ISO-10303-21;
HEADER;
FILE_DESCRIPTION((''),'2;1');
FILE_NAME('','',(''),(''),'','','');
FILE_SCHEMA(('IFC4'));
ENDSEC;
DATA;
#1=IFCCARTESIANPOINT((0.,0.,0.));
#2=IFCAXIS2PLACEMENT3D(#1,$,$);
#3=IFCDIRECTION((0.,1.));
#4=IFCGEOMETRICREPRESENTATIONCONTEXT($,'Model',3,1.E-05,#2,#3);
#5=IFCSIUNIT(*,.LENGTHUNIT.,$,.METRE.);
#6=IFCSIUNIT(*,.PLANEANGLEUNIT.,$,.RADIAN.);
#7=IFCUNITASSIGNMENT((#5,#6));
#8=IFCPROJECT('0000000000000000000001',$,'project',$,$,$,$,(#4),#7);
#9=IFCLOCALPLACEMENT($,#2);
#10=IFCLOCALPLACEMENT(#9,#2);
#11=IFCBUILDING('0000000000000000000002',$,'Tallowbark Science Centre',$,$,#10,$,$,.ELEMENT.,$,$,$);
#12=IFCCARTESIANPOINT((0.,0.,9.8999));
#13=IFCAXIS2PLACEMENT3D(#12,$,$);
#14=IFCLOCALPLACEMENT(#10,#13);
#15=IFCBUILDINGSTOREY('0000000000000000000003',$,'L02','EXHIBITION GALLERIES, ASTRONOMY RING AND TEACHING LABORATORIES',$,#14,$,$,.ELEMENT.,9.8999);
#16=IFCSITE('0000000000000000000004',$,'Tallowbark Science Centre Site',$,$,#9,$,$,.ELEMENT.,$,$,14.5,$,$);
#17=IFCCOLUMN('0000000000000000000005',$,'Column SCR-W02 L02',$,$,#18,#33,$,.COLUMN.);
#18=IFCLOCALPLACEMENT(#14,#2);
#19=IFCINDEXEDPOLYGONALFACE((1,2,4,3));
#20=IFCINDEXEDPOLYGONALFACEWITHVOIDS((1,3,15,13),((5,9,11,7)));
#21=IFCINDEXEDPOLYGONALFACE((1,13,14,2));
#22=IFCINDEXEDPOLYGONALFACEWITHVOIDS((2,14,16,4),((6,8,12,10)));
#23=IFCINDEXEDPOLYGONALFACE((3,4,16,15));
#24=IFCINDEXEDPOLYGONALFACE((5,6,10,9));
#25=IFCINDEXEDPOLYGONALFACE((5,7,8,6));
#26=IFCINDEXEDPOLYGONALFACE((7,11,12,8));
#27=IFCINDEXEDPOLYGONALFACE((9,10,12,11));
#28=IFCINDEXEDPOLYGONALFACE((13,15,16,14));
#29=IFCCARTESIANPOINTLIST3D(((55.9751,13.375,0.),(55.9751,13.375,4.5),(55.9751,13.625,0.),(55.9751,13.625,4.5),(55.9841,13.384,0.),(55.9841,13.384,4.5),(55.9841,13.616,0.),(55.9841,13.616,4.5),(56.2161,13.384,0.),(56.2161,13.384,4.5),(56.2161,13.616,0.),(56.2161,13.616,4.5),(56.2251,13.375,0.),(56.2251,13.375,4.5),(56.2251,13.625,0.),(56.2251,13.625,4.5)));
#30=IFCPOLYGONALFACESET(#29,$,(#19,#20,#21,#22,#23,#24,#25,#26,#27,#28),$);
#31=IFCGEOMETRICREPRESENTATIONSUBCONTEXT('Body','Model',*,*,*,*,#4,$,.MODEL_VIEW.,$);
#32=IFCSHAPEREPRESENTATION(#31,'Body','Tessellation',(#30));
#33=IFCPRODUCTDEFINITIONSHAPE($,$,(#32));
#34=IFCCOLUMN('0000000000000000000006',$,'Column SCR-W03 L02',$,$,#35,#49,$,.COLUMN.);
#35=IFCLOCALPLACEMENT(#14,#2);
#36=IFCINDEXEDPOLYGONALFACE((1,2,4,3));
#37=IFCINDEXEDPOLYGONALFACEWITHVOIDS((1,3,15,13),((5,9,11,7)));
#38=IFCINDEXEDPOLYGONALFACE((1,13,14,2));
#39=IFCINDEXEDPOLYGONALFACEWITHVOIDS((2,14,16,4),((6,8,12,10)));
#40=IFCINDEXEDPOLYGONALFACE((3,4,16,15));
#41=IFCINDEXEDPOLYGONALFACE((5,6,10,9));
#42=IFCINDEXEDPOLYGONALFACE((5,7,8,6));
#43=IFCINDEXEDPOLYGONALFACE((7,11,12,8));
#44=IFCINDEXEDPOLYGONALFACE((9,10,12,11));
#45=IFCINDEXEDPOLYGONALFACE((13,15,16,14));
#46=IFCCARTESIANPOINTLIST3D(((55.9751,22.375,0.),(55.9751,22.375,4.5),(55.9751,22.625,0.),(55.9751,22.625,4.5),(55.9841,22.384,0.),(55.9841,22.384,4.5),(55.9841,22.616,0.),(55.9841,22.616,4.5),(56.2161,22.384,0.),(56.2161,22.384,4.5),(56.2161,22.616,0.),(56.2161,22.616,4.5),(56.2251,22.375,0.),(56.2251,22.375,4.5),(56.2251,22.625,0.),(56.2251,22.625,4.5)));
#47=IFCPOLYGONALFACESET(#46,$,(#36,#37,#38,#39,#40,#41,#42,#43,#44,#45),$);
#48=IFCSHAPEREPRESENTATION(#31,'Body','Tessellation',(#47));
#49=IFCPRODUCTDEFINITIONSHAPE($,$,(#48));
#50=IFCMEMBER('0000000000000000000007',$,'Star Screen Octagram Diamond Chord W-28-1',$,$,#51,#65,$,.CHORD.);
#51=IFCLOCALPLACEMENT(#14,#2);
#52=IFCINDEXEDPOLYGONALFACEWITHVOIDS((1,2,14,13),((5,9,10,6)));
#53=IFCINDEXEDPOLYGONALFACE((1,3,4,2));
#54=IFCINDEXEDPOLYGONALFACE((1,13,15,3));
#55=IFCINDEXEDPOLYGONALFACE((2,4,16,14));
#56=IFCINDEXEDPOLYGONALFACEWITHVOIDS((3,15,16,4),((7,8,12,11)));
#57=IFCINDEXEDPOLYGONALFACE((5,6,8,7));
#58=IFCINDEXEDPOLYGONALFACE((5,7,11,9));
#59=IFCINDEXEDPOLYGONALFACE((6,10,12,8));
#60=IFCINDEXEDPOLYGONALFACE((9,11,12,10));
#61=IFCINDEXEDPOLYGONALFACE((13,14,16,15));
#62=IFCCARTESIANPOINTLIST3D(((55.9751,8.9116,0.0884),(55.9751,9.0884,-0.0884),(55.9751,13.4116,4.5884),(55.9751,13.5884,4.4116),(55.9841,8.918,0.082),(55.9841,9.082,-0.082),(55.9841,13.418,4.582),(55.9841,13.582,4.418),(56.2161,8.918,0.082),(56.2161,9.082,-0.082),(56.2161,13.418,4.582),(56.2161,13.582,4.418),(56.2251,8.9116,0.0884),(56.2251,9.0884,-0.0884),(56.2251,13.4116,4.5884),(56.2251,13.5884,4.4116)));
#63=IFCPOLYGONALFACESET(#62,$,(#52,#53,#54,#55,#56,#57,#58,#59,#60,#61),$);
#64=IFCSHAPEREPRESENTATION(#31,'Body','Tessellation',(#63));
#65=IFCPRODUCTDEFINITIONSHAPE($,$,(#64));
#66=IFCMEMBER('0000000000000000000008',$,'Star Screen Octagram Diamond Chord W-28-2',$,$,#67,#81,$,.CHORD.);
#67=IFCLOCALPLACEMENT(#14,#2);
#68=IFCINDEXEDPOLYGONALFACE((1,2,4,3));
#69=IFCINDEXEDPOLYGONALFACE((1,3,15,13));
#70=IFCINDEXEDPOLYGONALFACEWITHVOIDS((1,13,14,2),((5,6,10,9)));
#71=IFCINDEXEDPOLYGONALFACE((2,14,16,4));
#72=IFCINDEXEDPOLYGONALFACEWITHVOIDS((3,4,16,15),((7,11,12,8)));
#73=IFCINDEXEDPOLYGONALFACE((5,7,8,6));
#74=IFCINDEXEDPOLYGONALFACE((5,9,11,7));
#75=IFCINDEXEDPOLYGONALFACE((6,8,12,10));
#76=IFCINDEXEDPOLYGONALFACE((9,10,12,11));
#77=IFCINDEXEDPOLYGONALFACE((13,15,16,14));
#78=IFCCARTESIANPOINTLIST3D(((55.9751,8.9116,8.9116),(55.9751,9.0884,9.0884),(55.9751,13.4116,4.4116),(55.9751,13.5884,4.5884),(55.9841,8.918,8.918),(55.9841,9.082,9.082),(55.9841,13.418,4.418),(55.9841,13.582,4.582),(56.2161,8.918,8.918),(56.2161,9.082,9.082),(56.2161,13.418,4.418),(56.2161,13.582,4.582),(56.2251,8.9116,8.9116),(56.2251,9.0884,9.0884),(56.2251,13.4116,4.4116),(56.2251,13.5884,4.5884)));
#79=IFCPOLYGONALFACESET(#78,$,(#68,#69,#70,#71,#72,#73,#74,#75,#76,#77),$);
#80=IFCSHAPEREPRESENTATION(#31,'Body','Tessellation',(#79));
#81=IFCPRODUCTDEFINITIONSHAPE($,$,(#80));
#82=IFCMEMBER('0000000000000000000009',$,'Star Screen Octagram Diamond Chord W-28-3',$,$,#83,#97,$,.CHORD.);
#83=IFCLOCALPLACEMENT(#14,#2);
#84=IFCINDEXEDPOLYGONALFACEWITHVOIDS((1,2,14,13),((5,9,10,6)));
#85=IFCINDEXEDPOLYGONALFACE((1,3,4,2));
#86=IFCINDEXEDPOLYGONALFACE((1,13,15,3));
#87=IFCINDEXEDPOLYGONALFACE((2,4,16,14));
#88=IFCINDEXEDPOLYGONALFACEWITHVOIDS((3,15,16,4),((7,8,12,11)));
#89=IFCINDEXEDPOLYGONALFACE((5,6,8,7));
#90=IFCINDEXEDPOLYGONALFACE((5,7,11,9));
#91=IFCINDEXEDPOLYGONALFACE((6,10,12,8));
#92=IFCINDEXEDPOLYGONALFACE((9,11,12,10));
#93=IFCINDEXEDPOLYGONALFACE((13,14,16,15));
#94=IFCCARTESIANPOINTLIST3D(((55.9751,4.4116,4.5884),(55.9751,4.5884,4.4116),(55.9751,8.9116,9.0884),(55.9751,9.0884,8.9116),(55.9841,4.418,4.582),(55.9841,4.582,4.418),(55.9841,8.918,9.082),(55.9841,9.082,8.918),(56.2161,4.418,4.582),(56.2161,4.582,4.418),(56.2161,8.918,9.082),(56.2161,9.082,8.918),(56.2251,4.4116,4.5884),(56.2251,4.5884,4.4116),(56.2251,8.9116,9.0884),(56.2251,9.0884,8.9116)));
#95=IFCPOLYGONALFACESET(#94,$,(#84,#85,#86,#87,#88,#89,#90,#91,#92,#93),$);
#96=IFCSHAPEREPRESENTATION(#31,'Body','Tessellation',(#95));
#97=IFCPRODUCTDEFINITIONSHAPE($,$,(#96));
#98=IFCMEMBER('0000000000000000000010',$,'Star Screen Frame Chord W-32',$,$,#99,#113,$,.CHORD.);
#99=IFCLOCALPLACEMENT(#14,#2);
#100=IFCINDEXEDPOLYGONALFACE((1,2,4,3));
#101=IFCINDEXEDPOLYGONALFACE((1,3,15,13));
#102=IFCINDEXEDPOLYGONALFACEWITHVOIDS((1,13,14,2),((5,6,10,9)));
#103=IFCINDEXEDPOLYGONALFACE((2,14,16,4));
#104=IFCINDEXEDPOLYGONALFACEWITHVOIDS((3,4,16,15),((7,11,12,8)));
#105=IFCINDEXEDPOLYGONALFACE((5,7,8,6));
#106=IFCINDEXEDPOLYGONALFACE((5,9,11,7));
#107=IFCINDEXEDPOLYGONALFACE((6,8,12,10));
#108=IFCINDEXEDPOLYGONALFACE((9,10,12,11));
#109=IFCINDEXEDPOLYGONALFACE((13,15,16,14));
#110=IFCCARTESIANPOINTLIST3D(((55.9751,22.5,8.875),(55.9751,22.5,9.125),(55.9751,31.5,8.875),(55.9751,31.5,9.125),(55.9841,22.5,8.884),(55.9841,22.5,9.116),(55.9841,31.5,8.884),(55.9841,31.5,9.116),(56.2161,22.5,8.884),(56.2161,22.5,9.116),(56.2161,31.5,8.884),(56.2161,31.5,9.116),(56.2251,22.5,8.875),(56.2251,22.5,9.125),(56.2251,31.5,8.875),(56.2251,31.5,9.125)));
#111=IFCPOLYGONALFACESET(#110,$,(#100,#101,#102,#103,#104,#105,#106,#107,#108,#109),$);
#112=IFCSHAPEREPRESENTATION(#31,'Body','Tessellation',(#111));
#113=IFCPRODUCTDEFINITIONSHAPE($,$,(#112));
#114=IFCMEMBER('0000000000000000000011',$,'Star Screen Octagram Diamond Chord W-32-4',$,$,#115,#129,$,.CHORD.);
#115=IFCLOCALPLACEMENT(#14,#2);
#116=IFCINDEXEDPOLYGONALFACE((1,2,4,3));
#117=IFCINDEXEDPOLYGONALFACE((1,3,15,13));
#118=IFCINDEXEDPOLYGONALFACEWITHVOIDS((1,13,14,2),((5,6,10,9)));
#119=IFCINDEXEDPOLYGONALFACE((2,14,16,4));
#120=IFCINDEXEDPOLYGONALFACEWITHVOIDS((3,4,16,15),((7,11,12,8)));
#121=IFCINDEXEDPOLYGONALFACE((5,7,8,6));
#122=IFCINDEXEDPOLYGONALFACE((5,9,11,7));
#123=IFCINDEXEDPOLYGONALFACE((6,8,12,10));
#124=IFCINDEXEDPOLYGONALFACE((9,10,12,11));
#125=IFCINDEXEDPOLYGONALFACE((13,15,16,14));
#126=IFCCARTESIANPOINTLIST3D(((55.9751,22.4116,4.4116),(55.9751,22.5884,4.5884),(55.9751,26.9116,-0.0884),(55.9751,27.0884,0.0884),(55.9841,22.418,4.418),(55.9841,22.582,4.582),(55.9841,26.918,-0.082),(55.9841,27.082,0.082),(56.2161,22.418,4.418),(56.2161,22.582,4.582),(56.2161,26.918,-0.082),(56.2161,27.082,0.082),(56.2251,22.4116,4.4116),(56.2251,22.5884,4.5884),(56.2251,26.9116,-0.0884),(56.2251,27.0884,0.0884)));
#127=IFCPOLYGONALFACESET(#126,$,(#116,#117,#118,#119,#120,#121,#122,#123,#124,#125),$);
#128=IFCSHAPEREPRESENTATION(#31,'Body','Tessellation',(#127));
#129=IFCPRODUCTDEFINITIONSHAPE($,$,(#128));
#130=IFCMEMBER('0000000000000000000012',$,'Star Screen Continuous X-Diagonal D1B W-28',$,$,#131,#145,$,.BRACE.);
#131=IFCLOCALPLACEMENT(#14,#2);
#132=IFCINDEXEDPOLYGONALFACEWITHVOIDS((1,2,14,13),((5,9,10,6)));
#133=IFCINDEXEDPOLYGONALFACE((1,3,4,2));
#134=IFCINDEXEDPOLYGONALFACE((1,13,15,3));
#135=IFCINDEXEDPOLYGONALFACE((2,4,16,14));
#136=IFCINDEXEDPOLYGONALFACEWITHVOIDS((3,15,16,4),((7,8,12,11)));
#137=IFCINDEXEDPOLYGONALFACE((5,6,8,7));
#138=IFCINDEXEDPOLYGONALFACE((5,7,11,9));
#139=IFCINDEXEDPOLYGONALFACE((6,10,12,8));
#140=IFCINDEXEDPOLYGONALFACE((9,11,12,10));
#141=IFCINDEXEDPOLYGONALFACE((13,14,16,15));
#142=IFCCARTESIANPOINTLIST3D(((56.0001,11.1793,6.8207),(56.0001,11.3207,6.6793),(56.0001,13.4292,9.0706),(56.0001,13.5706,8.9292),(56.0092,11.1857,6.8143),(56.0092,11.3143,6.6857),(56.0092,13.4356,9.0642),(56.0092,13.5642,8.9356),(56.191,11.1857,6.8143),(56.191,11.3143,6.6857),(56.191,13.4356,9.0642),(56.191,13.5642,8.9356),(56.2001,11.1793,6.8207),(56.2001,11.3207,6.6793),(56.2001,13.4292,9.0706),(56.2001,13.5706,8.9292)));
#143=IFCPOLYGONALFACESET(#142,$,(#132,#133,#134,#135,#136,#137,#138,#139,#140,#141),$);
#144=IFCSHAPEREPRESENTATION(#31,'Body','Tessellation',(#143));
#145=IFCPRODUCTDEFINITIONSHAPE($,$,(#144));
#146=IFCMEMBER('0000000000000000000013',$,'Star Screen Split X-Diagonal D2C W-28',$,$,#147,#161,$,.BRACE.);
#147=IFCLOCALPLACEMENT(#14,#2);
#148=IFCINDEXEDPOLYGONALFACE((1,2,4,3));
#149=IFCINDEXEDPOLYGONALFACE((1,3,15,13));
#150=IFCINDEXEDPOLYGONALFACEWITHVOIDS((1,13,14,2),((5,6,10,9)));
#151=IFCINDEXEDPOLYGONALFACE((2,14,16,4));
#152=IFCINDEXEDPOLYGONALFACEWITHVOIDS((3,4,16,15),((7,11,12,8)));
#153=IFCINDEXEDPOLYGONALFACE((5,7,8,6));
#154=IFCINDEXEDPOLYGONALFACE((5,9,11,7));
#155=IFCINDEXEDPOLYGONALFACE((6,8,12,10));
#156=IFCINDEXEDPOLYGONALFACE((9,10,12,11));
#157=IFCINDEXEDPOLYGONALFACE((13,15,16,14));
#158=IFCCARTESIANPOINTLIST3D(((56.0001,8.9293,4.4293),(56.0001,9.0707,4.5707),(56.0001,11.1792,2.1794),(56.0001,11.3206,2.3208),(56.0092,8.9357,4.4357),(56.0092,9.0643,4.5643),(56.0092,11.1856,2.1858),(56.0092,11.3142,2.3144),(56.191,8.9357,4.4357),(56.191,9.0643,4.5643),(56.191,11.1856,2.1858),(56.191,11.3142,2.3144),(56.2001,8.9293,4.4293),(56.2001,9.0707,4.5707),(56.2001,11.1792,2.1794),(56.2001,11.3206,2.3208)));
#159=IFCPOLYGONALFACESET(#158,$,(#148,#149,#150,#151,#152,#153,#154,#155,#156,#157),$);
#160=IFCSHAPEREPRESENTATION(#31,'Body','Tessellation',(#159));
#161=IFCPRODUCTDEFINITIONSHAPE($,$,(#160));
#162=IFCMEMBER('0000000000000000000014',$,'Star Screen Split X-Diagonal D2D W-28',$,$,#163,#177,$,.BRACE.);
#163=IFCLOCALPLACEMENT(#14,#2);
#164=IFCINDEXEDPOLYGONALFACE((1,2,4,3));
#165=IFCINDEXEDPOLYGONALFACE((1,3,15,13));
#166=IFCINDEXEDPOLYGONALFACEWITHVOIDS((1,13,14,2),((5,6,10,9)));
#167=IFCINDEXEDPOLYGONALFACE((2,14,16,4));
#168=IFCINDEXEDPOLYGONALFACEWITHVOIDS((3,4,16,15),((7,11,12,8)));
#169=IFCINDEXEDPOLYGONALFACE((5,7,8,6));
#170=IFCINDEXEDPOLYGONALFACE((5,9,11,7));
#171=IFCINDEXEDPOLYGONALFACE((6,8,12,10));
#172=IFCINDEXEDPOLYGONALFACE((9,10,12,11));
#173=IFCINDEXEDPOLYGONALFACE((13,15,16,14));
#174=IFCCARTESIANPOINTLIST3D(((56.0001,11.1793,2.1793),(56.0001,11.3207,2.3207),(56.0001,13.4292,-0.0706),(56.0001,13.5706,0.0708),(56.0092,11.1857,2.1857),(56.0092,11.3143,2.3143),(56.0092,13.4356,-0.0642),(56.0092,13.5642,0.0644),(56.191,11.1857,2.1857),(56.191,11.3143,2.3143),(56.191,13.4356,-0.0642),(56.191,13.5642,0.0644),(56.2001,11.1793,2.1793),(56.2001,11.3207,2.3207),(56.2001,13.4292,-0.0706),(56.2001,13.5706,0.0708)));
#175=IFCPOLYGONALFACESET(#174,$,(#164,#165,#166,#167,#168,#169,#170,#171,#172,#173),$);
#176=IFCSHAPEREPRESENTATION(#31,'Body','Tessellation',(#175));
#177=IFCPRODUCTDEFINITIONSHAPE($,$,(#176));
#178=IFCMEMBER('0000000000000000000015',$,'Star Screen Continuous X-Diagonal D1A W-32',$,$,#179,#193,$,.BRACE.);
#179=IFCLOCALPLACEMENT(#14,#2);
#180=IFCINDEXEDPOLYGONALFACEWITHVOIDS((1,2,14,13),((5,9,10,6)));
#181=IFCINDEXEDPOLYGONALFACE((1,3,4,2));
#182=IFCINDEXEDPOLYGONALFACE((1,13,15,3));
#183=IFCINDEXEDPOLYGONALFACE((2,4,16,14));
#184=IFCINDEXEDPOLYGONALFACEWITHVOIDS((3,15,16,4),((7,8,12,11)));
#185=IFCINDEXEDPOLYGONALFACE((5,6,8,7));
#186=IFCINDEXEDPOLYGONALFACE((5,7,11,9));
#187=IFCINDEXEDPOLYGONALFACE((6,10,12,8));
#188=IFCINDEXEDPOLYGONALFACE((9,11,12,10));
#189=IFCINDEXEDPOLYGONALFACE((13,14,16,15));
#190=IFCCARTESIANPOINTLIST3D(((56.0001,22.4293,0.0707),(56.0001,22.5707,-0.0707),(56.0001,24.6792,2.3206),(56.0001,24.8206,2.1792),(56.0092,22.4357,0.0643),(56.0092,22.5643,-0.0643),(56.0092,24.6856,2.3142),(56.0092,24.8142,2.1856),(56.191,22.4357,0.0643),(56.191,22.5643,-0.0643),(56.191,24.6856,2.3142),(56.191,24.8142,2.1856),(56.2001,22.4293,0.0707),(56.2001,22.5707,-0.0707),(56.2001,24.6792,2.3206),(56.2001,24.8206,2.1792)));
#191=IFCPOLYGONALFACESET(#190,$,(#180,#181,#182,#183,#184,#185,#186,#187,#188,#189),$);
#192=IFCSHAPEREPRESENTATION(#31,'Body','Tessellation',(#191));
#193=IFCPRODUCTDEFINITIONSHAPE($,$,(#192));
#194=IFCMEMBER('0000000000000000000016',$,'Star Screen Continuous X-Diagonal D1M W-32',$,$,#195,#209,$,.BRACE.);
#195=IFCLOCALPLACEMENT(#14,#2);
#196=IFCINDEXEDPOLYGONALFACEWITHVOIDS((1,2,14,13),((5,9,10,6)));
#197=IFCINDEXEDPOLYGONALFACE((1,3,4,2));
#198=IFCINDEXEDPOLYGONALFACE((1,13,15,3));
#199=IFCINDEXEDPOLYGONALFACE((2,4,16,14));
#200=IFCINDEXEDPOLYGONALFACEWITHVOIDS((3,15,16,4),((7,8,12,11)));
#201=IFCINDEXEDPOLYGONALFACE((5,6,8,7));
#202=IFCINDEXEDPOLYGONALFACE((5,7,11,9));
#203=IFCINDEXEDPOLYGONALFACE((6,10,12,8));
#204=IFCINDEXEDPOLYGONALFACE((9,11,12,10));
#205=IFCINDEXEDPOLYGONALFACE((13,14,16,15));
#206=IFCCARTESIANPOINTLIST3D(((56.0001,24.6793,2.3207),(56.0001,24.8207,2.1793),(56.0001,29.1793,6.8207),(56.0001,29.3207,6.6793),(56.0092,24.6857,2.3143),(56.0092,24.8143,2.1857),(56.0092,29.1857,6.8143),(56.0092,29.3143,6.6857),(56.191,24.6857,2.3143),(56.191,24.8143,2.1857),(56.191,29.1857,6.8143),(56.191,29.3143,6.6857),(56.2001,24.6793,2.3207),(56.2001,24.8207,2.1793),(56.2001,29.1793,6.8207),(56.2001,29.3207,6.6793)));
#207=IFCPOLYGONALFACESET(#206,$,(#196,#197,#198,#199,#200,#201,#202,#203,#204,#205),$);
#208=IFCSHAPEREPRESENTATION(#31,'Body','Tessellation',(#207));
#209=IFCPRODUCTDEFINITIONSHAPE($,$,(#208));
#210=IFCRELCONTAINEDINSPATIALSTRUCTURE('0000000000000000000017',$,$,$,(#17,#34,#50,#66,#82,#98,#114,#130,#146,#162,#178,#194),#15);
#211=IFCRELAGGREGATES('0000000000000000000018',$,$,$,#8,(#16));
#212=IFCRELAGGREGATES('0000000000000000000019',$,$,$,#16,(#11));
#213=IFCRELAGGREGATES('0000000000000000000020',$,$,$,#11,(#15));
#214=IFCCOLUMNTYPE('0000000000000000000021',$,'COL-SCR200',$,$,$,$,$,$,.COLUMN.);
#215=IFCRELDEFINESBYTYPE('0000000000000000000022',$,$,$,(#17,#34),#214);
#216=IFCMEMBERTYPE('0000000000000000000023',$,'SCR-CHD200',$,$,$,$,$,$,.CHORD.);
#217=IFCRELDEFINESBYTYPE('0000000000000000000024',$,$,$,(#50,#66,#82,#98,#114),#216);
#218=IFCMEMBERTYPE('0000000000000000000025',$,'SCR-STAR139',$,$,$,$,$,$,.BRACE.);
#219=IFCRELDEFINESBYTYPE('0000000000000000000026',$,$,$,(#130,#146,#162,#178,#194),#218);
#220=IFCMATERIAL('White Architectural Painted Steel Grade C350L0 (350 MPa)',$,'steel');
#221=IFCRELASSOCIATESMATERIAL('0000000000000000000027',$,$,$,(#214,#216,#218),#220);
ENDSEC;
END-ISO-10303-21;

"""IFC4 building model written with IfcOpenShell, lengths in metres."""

from ifc_helpers import new_model, si_unit, direction, frame, origin, origin_2d, place, context, subcontext, project, spatial, hollow_rectangle, extrude, material, material_profile, profile_set, type_object, element, save


model = new_model("IFC4")

# Units and contexts
model_context = context("Model", 3, precision=1e-05, world=origin(), true_north=direction((0.0, 1.0)))
body_context = subcontext(model_context, "Body", "Model", "MODEL_VIEW")
ifc_project = project(units=[si_unit("LENGTHUNIT", "METRE"), si_unit("PLANEANGLEUNIT", "RADIAN")], contexts=[model_context])

# Site, building, storey
site_placement = place(None, origin())
site = spatial("IfcSite", under=ifc_project, at=site_placement, Name="Tallowbark Science Centre Site", CompositionType="ELEMENT", RefElevation=14.5)
building_placement = place(site_placement, origin())
building = spatial("IfcBuilding", under=site, at=building_placement, Name="Tallowbark Science Centre", CompositionType="ELEMENT")
storey_placement = place(building_placement, frame((0.0, 0.0, 9.8999)))
storey = spatial("IfcBuildingStorey", under=building, at=storey_placement, Name="L02", Description="EXHIBITION GALLERIES, ASTRONOMY RING AND TEACHING LABORATORIES", CompositionType="ELEMENT", Elevation=9.8999)

# Columns
ifc_material_1 = material(Name="White Architectural Painted Steel Grade C350L0 (350 MPa)", Category="steel")
ifc_material_profile_1 = material_profile(ifc_material_1, hollow_rectangle(XDim=0.25, YDim=0.25, WallThickness=0.009, at=origin_2d()), Name="250x250x9.0SHS")
ifc_profile_set_1 = profile_set([ifc_material_profile_1], Name="White Architectural Painted Steel Grade C350L0 (350 MPa)")
column_type = type_object("IfcColumnType", Name="COL-SCR200", PredefinedType="COLUMN", material=ifc_profile_set_1)
for number, where, z_axis, x_axis, name in (
    (1, (56.1001, 13.5, 0.0), (0.0, 0.0, 1.0), (1.0, 0.0, 0.0), "Column SCR-W02 L02"),
    (2, (56.1001, 22.5, 0.0), (0.0, 0.0, 1.0), (1.0, 0.0, 0.0), "Column SCR-W03 L02"),
):
    element("IfcColumn", number, at=place(storey_placement, frame(where, z_axis=z_axis, x_axis=x_axis)), inside=storey, type_object=column_type, Name=name, PredefinedType="COLUMN", context=body_context, shape_type="SweptSolid", body=[
        extrude(hollow_rectangle(XDim=0.25, YDim=0.25, WallThickness=0.009, at=origin_2d()), origin(), (0.0, 0.0, 1.0), 4.5),
    ])

# Members
ifc_material_profile_2 = material_profile(ifc_material_1, hollow_rectangle(XDim=0.25, YDim=0.25, WallThickness=0.009, at=origin_2d()), Name="250x250x9.0SHS")
ifc_profile_set_2 = profile_set([ifc_material_profile_2], Name="White Architectural Painted Steel Grade C350L0 (350 MPa)")
member_type_1 = type_object("IfcMemberType", Name="SCR-CHD200", PredefinedType="CHORD", material=ifc_profile_set_2)
for number, where, z_axis, x_axis, name in (
    (3, (56.1001, 9.0, 0.0), (0.0, 0.707107, 0.707107), (-1.0, 0.0, 0.0), "Star Screen Octagram Diamond Chord W-28-1"),
    (4, (56.1001, 13.5, 4.5), (0.0, -0.707107, 0.707107), (1.0, 0.0, 0.0), "Star Screen Octagram Diamond Chord W-28-2"),
    (5, (56.1001, 9.0, 9.0), (0.0, -0.707107, -0.707107), (1.0, 0.0, 0.0), "Star Screen Octagram Diamond Chord W-28-3"),
):
    element("IfcMember", number, at=place(storey_placement, frame(where, z_axis=z_axis, x_axis=x_axis)), inside=storey, type_object=member_type_1, Name=name, PredefinedType="CHORD", context=body_context, shape_type="SweptSolid", body=[
        extrude(hollow_rectangle(XDim=0.25, YDim=0.25, WallThickness=0.009, at=origin_2d()), origin(), (0.0, 0.0, 1.0), 6.364),
    ])
member_1_placement = place(storey_placement, frame((56.1001, 22.5, 9.0), z_axis=(0.0, 1.0, 0.0), x_axis=(-1.0, 0.0, 0.0)))
element("IfcMember", 6, at=member_1_placement, inside=storey, type_object=member_type_1, Name="Star Screen Frame Chord W-32", PredefinedType="CHORD", context=body_context, shape_type="SweptSolid", body=[
    extrude(hollow_rectangle(XDim=0.25, YDim=0.25, WallThickness=0.009, at=origin_2d()), origin(), (0.0, 0.0, 1.0), 9.0),
])
member_2_placement = place(storey_placement, frame((56.1001, 22.5, 4.5), z_axis=(0.0, 0.707107, -0.707107), x_axis=(-1.0, 0.0, 0.0)))
element("IfcMember", 7, at=member_2_placement, inside=storey, type_object=member_type_1, Name="Star Screen Octagram Diamond Chord W-32-4", PredefinedType="CHORD", context=body_context, shape_type="SweptSolid", body=[
    extrude(hollow_rectangle(XDim=0.25, YDim=0.25, WallThickness=0.009, at=origin_2d()), origin(), (0.0, 0.0, 1.0), 6.364),
])
ifc_material_profile_3 = material_profile(ifc_material_1, hollow_rectangle(XDim=0.2, YDim=0.2, WallThickness=0.009, at=origin_2d()), Name="200x200x9.0SHS")
ifc_profile_set_3 = profile_set([ifc_material_profile_3], Name="White Architectural Painted Steel Grade C350L0 (350 MPa)")
member_type_2 = type_object("IfcMemberType", Name="SCR-STAR139", PredefinedType="BRACE", material=ifc_profile_set_3)
for number, where, z_axis, x_axis, name in (
    (8, (56.1001, 11.25, 6.75), (0.0, 0.707107, 0.707107), (-1.0, 0.0, 0.0), "Star Screen Continuous X-Diagonal D1B W-28"),
    (9, (56.1001, 9.0, 4.5), (0.0, 0.707107, -0.707107), (-1.0, 0.0, 0.0), "Star Screen Split X-Diagonal D2C W-28"),
    (10, (56.1001, 11.25, 2.25), (0.0, 0.707107, -0.707107), (-1.0, 0.0, 0.0), "Star Screen Split X-Diagonal D2D W-28"),
    (11, (56.1001, 22.5, 0.0), (0.0, 0.707107, 0.707107), (-1.0, 0.0, 0.0), "Star Screen Continuous X-Diagonal D1A W-32"),
):
    element("IfcMember", number, at=place(storey_placement, frame(where, z_axis=z_axis, x_axis=x_axis)), inside=storey, type_object=member_type_2, Name=name, PredefinedType="BRACE", context=body_context, shape_type="SweptSolid", body=[
        extrude(hollow_rectangle(XDim=0.2, YDim=0.2, WallThickness=0.009, at=origin_2d()), origin(), (0.0, 0.0, 1.0), 3.1819),
    ])
member_3_placement = place(storey_placement, frame((56.1001, 24.75, 2.25), z_axis=(0.0, 0.707107, 0.707107), x_axis=(-1.0, 0.0, 0.0)))
element("IfcMember", 12, at=member_3_placement, inside=storey, type_object=member_type_2, Name="Star Screen Continuous X-Diagonal D1M W-32", PredefinedType="BRACE", context=body_context, shape_type="SweptSolid", body=[
    extrude(hollow_rectangle(XDim=0.2, YDim=0.2, WallThickness=0.009, at=origin_2d()), origin(), (0.0, 0.0, 1.0), 6.364),
])

save(model, "model.ifc")
